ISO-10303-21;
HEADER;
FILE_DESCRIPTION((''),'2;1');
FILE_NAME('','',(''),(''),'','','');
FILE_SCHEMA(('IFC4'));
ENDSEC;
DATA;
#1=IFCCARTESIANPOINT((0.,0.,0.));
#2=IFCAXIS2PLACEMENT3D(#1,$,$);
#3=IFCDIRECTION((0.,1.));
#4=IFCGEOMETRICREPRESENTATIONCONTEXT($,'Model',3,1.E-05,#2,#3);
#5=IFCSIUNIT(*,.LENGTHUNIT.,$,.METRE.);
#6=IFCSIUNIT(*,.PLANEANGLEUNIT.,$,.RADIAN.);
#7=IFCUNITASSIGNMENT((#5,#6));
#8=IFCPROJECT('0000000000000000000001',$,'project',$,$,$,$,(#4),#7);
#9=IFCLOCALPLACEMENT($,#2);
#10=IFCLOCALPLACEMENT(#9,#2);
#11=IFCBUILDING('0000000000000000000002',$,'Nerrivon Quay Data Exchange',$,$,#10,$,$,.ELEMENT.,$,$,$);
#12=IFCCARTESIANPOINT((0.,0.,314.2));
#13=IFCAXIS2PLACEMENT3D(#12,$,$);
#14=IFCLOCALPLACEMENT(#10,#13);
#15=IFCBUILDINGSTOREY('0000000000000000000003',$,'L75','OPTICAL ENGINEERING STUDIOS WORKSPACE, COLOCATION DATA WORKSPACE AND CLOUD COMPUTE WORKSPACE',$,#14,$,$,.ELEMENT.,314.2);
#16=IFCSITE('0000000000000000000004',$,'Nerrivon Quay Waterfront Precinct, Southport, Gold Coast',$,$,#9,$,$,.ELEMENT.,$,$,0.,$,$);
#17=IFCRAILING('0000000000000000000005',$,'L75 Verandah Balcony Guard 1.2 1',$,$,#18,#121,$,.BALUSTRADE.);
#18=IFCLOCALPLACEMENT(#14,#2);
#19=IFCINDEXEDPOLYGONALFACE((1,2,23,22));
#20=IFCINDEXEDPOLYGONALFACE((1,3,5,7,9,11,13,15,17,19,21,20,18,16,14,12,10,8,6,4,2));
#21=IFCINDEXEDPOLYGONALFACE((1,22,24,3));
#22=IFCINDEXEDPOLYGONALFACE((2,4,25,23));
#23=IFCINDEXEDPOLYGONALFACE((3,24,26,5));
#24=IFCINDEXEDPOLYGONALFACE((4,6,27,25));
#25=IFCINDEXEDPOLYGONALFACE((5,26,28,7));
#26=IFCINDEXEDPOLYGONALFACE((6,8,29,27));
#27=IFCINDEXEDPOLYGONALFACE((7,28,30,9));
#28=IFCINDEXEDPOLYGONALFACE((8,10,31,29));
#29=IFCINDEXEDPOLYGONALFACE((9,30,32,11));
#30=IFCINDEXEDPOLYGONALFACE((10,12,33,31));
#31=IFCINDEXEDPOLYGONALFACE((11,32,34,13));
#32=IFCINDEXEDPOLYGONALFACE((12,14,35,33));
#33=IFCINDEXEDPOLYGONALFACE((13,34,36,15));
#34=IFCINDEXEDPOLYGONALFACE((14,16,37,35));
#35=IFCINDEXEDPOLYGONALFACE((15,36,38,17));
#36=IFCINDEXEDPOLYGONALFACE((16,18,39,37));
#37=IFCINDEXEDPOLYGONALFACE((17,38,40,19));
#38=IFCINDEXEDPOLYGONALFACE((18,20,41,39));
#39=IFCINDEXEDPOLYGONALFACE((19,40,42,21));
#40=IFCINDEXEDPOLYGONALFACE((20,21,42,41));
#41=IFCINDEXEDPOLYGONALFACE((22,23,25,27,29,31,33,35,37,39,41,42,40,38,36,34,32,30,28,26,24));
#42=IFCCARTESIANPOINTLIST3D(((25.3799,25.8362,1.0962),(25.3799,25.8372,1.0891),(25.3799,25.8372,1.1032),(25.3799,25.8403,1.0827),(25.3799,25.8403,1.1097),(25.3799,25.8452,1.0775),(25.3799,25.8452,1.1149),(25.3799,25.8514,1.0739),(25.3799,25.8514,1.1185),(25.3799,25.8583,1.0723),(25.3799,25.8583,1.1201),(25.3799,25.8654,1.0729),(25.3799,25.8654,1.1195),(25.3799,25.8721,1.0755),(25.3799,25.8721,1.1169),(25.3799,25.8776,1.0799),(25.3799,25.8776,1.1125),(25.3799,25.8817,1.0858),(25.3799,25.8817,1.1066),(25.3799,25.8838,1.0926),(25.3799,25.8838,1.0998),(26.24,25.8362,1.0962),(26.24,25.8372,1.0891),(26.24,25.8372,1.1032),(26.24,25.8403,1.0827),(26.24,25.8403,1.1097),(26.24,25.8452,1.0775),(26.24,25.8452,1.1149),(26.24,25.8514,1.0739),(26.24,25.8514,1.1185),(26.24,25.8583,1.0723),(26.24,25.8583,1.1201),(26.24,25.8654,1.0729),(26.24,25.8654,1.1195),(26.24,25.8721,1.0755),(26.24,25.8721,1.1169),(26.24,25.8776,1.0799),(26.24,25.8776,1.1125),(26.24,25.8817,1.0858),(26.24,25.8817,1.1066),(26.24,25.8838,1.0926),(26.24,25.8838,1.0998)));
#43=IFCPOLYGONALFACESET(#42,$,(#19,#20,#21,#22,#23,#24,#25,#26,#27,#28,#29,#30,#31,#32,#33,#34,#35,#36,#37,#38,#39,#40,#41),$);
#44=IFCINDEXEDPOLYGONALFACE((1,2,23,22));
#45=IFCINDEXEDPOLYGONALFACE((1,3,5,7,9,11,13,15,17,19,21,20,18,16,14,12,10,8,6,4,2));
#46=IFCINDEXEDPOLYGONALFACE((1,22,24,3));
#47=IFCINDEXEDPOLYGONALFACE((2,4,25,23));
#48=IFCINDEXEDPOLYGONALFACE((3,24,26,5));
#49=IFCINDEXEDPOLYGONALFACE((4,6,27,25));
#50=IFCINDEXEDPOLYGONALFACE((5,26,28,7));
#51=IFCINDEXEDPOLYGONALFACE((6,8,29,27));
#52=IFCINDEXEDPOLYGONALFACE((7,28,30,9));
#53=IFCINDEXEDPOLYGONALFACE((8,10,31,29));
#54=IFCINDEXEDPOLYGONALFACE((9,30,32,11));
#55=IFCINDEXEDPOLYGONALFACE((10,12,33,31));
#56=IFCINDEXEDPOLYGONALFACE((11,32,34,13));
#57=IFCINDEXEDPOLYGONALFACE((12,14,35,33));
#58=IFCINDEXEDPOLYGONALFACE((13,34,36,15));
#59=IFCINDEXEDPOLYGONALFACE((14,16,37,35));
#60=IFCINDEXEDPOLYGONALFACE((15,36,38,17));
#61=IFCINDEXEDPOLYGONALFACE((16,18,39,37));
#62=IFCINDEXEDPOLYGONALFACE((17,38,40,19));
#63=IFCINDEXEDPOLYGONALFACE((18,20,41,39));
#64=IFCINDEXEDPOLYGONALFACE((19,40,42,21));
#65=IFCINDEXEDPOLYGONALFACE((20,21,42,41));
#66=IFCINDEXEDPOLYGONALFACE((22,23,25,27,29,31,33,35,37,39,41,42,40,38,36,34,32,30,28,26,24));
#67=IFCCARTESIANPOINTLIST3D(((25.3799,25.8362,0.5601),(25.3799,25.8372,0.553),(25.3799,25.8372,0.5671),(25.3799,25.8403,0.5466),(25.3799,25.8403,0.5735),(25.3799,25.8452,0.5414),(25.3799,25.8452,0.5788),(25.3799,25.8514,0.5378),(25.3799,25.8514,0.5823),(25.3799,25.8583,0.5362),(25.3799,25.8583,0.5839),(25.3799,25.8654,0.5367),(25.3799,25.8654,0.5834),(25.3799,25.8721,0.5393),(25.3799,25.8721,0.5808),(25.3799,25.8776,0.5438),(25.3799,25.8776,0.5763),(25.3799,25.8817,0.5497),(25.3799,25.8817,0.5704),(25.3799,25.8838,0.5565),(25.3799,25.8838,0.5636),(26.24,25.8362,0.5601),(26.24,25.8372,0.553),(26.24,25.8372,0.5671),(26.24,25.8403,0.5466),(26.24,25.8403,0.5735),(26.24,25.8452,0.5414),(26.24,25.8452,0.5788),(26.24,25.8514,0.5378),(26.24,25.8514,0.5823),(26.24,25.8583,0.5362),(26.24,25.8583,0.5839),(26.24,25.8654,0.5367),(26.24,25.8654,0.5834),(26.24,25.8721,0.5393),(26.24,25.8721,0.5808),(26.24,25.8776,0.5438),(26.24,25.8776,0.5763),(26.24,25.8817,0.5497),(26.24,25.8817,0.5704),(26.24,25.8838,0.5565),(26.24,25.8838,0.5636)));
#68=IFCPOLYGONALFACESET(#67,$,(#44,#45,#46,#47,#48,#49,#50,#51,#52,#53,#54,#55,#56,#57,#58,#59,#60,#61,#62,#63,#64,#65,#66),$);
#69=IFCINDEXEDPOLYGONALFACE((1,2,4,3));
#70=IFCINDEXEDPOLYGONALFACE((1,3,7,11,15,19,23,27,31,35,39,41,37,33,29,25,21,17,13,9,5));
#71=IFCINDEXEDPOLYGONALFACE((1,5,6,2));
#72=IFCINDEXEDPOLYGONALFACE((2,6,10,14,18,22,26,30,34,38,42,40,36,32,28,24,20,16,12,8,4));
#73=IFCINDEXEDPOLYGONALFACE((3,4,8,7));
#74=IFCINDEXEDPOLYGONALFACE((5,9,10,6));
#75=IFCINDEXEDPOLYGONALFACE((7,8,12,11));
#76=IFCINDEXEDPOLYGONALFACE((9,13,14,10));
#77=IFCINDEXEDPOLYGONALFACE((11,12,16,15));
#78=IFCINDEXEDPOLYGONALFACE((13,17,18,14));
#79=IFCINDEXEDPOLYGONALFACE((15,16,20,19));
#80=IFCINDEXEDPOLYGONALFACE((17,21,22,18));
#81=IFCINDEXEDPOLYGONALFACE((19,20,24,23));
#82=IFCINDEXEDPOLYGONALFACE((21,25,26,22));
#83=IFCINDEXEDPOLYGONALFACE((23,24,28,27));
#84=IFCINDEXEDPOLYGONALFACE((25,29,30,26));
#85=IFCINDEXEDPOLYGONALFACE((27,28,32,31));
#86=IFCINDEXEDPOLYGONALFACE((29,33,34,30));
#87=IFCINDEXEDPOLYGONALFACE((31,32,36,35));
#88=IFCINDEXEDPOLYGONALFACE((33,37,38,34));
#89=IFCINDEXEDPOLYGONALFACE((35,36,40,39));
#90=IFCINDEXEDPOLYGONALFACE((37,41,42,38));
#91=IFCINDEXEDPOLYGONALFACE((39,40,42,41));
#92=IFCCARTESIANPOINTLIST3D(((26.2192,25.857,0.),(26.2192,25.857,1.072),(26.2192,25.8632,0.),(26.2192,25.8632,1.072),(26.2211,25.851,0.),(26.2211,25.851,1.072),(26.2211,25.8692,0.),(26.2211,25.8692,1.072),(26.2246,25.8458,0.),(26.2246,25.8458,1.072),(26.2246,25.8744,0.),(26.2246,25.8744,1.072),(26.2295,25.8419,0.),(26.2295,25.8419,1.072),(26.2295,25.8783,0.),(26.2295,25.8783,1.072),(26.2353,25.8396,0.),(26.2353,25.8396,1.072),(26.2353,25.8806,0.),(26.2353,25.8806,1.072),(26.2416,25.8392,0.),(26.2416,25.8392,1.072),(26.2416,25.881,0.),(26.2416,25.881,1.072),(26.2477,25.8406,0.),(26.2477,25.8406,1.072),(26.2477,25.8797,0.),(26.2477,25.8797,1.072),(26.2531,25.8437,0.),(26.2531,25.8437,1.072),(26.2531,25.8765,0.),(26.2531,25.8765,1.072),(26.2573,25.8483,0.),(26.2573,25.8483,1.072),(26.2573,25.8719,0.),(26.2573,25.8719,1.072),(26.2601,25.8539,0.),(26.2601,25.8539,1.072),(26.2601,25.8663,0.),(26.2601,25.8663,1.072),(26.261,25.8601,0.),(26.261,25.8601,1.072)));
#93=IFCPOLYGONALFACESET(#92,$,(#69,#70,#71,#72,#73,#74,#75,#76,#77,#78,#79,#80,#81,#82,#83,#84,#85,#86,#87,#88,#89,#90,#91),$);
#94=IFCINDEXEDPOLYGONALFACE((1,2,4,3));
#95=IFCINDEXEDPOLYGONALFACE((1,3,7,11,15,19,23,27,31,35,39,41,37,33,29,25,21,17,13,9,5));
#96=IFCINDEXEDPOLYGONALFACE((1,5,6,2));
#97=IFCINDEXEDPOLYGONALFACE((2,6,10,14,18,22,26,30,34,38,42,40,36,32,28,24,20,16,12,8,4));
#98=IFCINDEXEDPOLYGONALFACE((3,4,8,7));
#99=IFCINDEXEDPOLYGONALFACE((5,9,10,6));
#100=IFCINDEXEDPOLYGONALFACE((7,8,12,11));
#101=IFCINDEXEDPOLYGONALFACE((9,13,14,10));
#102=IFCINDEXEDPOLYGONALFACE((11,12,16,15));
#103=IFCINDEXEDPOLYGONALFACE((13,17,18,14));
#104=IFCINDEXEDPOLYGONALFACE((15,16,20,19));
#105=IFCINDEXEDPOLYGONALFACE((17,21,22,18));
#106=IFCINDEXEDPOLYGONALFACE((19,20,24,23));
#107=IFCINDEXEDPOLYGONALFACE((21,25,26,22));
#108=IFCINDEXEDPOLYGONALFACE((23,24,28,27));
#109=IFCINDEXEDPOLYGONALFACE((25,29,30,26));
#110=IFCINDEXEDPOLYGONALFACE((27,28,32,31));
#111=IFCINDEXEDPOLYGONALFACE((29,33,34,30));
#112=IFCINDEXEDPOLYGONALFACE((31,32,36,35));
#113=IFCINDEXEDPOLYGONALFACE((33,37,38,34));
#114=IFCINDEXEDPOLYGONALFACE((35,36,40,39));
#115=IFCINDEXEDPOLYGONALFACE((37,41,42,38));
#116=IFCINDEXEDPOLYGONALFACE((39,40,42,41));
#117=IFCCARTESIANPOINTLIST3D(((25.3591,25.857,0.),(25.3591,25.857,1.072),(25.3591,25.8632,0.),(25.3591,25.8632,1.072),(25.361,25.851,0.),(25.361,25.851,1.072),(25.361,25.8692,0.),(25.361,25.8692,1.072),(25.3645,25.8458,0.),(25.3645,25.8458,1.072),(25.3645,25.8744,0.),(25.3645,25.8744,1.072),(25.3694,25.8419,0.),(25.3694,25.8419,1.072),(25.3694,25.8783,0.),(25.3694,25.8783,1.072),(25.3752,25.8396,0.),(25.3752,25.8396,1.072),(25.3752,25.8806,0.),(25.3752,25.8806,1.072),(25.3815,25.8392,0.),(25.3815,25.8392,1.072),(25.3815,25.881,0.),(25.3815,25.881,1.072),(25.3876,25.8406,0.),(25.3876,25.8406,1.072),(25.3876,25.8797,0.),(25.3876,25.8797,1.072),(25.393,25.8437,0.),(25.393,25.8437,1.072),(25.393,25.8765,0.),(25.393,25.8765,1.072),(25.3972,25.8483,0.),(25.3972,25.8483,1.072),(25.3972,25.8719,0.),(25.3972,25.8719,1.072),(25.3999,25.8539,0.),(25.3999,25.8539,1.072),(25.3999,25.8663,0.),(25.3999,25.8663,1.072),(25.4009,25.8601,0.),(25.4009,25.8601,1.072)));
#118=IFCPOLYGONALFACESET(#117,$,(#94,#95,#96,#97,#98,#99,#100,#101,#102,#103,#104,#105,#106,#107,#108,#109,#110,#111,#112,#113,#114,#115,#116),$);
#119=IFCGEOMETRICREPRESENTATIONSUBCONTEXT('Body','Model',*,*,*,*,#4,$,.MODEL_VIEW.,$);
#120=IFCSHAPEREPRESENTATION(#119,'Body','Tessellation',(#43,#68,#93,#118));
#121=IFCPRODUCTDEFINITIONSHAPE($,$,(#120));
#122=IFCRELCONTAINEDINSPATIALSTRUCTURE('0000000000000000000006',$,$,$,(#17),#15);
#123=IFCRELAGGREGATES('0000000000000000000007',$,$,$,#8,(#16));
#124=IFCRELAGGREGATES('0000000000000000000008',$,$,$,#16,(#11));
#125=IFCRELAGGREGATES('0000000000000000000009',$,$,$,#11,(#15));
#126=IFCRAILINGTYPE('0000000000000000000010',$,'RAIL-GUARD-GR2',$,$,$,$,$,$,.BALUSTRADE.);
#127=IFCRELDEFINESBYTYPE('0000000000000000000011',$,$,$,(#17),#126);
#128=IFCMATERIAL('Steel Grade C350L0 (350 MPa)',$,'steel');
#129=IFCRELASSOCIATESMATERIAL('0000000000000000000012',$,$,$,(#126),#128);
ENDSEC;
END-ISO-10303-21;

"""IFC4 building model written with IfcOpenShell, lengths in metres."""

from ifc_helpers import new_model, si_unit, direction, frame, origin, origin_2d, place, context, subcontext, project, spatial, circle, extrude, material, type_object, element, save


model = new_model("IFC4")

# Units and contexts
model_context = context("Model", 3, precision=1e-05, world=origin(), true_north=direction((0.0, 1.0)))
body_context = subcontext(model_context, "Body", "Model", "MODEL_VIEW")
ifc_project = project(units=[si_unit("LENGTHUNIT", "METRE"), si_unit("PLANEANGLEUNIT", "RADIAN")], contexts=[model_context])

# Site, building, storey
site_placement = place(None, origin())
site = spatial("IfcSite", under=ifc_project, at=site_placement, Name="Nerrivon Quay Waterfront Precinct, Southport, Gold Coast", CompositionType="ELEMENT", RefElevation=0.0)
building_placement = place(site_placement, origin())
building = spatial("IfcBuilding", under=site, at=building_placement, Name="Nerrivon Quay Data Exchange", CompositionType="ELEMENT")
storey_placement = place(building_placement, frame((0.0, 0.0, 314.2)))
storey = spatial("IfcBuildingStorey", under=building, at=storey_placement, Name="L75", Description="OPTICAL ENGINEERING STUDIOS WORKSPACE, COLOCATION DATA WORKSPACE AND CLOUD COMPUTE WORKSPACE", CompositionType="ELEMENT", Elevation=314.2)

# Railing
ifc_material_1 = material(Name="Steel Grade C350L0 (350 MPa)", Category="steel")
railing_type = type_object("IfcRailingType", Name="RAIL-GUARD-GR2", PredefinedType="BALUSTRADE", material=ifc_material_1)
railing_1_placement = place(storey_placement, frame((26.24, 25.8601, 0.0)))
element("IfcRailing", 1, at=railing_1_placement, inside=storey, type_object=railing_type, Name="L75 Verandah Balcony Guard 1.2 1", PredefinedType="BALUSTRADE", context=body_context, shape_type="SweptSolid", body=[
    extrude(circle(Radius=0.0239, at=origin_2d()), frame((0.0, 0.0, 1.0962), z_axis=(-1.0, 0.0, 0.0), x_axis=(0.0, -1.0, 0.0)), (0.0, 0.0, 1.0), 0.8601),
    extrude(circle(Radius=0.0239, at=origin_2d()), frame((0.0, 0.0, 0.5601), z_axis=(-1.0, 0.0, 0.0), x_axis=(0.0, -1.0, 0.0)), (0.0, 0.0, 1.0), 0.8601),
    extrude(circle(Radius=0.021, at=origin_2d()), origin(), (0.0, 0.0, 1.0), 1.072),
    extrude(circle(Radius=0.021, at=origin_2d()), frame((-0.8601, 0.0, 0.0)), (0.0, 0.0, 1.0), 1.072),
])

save(model, "model.ifc")
